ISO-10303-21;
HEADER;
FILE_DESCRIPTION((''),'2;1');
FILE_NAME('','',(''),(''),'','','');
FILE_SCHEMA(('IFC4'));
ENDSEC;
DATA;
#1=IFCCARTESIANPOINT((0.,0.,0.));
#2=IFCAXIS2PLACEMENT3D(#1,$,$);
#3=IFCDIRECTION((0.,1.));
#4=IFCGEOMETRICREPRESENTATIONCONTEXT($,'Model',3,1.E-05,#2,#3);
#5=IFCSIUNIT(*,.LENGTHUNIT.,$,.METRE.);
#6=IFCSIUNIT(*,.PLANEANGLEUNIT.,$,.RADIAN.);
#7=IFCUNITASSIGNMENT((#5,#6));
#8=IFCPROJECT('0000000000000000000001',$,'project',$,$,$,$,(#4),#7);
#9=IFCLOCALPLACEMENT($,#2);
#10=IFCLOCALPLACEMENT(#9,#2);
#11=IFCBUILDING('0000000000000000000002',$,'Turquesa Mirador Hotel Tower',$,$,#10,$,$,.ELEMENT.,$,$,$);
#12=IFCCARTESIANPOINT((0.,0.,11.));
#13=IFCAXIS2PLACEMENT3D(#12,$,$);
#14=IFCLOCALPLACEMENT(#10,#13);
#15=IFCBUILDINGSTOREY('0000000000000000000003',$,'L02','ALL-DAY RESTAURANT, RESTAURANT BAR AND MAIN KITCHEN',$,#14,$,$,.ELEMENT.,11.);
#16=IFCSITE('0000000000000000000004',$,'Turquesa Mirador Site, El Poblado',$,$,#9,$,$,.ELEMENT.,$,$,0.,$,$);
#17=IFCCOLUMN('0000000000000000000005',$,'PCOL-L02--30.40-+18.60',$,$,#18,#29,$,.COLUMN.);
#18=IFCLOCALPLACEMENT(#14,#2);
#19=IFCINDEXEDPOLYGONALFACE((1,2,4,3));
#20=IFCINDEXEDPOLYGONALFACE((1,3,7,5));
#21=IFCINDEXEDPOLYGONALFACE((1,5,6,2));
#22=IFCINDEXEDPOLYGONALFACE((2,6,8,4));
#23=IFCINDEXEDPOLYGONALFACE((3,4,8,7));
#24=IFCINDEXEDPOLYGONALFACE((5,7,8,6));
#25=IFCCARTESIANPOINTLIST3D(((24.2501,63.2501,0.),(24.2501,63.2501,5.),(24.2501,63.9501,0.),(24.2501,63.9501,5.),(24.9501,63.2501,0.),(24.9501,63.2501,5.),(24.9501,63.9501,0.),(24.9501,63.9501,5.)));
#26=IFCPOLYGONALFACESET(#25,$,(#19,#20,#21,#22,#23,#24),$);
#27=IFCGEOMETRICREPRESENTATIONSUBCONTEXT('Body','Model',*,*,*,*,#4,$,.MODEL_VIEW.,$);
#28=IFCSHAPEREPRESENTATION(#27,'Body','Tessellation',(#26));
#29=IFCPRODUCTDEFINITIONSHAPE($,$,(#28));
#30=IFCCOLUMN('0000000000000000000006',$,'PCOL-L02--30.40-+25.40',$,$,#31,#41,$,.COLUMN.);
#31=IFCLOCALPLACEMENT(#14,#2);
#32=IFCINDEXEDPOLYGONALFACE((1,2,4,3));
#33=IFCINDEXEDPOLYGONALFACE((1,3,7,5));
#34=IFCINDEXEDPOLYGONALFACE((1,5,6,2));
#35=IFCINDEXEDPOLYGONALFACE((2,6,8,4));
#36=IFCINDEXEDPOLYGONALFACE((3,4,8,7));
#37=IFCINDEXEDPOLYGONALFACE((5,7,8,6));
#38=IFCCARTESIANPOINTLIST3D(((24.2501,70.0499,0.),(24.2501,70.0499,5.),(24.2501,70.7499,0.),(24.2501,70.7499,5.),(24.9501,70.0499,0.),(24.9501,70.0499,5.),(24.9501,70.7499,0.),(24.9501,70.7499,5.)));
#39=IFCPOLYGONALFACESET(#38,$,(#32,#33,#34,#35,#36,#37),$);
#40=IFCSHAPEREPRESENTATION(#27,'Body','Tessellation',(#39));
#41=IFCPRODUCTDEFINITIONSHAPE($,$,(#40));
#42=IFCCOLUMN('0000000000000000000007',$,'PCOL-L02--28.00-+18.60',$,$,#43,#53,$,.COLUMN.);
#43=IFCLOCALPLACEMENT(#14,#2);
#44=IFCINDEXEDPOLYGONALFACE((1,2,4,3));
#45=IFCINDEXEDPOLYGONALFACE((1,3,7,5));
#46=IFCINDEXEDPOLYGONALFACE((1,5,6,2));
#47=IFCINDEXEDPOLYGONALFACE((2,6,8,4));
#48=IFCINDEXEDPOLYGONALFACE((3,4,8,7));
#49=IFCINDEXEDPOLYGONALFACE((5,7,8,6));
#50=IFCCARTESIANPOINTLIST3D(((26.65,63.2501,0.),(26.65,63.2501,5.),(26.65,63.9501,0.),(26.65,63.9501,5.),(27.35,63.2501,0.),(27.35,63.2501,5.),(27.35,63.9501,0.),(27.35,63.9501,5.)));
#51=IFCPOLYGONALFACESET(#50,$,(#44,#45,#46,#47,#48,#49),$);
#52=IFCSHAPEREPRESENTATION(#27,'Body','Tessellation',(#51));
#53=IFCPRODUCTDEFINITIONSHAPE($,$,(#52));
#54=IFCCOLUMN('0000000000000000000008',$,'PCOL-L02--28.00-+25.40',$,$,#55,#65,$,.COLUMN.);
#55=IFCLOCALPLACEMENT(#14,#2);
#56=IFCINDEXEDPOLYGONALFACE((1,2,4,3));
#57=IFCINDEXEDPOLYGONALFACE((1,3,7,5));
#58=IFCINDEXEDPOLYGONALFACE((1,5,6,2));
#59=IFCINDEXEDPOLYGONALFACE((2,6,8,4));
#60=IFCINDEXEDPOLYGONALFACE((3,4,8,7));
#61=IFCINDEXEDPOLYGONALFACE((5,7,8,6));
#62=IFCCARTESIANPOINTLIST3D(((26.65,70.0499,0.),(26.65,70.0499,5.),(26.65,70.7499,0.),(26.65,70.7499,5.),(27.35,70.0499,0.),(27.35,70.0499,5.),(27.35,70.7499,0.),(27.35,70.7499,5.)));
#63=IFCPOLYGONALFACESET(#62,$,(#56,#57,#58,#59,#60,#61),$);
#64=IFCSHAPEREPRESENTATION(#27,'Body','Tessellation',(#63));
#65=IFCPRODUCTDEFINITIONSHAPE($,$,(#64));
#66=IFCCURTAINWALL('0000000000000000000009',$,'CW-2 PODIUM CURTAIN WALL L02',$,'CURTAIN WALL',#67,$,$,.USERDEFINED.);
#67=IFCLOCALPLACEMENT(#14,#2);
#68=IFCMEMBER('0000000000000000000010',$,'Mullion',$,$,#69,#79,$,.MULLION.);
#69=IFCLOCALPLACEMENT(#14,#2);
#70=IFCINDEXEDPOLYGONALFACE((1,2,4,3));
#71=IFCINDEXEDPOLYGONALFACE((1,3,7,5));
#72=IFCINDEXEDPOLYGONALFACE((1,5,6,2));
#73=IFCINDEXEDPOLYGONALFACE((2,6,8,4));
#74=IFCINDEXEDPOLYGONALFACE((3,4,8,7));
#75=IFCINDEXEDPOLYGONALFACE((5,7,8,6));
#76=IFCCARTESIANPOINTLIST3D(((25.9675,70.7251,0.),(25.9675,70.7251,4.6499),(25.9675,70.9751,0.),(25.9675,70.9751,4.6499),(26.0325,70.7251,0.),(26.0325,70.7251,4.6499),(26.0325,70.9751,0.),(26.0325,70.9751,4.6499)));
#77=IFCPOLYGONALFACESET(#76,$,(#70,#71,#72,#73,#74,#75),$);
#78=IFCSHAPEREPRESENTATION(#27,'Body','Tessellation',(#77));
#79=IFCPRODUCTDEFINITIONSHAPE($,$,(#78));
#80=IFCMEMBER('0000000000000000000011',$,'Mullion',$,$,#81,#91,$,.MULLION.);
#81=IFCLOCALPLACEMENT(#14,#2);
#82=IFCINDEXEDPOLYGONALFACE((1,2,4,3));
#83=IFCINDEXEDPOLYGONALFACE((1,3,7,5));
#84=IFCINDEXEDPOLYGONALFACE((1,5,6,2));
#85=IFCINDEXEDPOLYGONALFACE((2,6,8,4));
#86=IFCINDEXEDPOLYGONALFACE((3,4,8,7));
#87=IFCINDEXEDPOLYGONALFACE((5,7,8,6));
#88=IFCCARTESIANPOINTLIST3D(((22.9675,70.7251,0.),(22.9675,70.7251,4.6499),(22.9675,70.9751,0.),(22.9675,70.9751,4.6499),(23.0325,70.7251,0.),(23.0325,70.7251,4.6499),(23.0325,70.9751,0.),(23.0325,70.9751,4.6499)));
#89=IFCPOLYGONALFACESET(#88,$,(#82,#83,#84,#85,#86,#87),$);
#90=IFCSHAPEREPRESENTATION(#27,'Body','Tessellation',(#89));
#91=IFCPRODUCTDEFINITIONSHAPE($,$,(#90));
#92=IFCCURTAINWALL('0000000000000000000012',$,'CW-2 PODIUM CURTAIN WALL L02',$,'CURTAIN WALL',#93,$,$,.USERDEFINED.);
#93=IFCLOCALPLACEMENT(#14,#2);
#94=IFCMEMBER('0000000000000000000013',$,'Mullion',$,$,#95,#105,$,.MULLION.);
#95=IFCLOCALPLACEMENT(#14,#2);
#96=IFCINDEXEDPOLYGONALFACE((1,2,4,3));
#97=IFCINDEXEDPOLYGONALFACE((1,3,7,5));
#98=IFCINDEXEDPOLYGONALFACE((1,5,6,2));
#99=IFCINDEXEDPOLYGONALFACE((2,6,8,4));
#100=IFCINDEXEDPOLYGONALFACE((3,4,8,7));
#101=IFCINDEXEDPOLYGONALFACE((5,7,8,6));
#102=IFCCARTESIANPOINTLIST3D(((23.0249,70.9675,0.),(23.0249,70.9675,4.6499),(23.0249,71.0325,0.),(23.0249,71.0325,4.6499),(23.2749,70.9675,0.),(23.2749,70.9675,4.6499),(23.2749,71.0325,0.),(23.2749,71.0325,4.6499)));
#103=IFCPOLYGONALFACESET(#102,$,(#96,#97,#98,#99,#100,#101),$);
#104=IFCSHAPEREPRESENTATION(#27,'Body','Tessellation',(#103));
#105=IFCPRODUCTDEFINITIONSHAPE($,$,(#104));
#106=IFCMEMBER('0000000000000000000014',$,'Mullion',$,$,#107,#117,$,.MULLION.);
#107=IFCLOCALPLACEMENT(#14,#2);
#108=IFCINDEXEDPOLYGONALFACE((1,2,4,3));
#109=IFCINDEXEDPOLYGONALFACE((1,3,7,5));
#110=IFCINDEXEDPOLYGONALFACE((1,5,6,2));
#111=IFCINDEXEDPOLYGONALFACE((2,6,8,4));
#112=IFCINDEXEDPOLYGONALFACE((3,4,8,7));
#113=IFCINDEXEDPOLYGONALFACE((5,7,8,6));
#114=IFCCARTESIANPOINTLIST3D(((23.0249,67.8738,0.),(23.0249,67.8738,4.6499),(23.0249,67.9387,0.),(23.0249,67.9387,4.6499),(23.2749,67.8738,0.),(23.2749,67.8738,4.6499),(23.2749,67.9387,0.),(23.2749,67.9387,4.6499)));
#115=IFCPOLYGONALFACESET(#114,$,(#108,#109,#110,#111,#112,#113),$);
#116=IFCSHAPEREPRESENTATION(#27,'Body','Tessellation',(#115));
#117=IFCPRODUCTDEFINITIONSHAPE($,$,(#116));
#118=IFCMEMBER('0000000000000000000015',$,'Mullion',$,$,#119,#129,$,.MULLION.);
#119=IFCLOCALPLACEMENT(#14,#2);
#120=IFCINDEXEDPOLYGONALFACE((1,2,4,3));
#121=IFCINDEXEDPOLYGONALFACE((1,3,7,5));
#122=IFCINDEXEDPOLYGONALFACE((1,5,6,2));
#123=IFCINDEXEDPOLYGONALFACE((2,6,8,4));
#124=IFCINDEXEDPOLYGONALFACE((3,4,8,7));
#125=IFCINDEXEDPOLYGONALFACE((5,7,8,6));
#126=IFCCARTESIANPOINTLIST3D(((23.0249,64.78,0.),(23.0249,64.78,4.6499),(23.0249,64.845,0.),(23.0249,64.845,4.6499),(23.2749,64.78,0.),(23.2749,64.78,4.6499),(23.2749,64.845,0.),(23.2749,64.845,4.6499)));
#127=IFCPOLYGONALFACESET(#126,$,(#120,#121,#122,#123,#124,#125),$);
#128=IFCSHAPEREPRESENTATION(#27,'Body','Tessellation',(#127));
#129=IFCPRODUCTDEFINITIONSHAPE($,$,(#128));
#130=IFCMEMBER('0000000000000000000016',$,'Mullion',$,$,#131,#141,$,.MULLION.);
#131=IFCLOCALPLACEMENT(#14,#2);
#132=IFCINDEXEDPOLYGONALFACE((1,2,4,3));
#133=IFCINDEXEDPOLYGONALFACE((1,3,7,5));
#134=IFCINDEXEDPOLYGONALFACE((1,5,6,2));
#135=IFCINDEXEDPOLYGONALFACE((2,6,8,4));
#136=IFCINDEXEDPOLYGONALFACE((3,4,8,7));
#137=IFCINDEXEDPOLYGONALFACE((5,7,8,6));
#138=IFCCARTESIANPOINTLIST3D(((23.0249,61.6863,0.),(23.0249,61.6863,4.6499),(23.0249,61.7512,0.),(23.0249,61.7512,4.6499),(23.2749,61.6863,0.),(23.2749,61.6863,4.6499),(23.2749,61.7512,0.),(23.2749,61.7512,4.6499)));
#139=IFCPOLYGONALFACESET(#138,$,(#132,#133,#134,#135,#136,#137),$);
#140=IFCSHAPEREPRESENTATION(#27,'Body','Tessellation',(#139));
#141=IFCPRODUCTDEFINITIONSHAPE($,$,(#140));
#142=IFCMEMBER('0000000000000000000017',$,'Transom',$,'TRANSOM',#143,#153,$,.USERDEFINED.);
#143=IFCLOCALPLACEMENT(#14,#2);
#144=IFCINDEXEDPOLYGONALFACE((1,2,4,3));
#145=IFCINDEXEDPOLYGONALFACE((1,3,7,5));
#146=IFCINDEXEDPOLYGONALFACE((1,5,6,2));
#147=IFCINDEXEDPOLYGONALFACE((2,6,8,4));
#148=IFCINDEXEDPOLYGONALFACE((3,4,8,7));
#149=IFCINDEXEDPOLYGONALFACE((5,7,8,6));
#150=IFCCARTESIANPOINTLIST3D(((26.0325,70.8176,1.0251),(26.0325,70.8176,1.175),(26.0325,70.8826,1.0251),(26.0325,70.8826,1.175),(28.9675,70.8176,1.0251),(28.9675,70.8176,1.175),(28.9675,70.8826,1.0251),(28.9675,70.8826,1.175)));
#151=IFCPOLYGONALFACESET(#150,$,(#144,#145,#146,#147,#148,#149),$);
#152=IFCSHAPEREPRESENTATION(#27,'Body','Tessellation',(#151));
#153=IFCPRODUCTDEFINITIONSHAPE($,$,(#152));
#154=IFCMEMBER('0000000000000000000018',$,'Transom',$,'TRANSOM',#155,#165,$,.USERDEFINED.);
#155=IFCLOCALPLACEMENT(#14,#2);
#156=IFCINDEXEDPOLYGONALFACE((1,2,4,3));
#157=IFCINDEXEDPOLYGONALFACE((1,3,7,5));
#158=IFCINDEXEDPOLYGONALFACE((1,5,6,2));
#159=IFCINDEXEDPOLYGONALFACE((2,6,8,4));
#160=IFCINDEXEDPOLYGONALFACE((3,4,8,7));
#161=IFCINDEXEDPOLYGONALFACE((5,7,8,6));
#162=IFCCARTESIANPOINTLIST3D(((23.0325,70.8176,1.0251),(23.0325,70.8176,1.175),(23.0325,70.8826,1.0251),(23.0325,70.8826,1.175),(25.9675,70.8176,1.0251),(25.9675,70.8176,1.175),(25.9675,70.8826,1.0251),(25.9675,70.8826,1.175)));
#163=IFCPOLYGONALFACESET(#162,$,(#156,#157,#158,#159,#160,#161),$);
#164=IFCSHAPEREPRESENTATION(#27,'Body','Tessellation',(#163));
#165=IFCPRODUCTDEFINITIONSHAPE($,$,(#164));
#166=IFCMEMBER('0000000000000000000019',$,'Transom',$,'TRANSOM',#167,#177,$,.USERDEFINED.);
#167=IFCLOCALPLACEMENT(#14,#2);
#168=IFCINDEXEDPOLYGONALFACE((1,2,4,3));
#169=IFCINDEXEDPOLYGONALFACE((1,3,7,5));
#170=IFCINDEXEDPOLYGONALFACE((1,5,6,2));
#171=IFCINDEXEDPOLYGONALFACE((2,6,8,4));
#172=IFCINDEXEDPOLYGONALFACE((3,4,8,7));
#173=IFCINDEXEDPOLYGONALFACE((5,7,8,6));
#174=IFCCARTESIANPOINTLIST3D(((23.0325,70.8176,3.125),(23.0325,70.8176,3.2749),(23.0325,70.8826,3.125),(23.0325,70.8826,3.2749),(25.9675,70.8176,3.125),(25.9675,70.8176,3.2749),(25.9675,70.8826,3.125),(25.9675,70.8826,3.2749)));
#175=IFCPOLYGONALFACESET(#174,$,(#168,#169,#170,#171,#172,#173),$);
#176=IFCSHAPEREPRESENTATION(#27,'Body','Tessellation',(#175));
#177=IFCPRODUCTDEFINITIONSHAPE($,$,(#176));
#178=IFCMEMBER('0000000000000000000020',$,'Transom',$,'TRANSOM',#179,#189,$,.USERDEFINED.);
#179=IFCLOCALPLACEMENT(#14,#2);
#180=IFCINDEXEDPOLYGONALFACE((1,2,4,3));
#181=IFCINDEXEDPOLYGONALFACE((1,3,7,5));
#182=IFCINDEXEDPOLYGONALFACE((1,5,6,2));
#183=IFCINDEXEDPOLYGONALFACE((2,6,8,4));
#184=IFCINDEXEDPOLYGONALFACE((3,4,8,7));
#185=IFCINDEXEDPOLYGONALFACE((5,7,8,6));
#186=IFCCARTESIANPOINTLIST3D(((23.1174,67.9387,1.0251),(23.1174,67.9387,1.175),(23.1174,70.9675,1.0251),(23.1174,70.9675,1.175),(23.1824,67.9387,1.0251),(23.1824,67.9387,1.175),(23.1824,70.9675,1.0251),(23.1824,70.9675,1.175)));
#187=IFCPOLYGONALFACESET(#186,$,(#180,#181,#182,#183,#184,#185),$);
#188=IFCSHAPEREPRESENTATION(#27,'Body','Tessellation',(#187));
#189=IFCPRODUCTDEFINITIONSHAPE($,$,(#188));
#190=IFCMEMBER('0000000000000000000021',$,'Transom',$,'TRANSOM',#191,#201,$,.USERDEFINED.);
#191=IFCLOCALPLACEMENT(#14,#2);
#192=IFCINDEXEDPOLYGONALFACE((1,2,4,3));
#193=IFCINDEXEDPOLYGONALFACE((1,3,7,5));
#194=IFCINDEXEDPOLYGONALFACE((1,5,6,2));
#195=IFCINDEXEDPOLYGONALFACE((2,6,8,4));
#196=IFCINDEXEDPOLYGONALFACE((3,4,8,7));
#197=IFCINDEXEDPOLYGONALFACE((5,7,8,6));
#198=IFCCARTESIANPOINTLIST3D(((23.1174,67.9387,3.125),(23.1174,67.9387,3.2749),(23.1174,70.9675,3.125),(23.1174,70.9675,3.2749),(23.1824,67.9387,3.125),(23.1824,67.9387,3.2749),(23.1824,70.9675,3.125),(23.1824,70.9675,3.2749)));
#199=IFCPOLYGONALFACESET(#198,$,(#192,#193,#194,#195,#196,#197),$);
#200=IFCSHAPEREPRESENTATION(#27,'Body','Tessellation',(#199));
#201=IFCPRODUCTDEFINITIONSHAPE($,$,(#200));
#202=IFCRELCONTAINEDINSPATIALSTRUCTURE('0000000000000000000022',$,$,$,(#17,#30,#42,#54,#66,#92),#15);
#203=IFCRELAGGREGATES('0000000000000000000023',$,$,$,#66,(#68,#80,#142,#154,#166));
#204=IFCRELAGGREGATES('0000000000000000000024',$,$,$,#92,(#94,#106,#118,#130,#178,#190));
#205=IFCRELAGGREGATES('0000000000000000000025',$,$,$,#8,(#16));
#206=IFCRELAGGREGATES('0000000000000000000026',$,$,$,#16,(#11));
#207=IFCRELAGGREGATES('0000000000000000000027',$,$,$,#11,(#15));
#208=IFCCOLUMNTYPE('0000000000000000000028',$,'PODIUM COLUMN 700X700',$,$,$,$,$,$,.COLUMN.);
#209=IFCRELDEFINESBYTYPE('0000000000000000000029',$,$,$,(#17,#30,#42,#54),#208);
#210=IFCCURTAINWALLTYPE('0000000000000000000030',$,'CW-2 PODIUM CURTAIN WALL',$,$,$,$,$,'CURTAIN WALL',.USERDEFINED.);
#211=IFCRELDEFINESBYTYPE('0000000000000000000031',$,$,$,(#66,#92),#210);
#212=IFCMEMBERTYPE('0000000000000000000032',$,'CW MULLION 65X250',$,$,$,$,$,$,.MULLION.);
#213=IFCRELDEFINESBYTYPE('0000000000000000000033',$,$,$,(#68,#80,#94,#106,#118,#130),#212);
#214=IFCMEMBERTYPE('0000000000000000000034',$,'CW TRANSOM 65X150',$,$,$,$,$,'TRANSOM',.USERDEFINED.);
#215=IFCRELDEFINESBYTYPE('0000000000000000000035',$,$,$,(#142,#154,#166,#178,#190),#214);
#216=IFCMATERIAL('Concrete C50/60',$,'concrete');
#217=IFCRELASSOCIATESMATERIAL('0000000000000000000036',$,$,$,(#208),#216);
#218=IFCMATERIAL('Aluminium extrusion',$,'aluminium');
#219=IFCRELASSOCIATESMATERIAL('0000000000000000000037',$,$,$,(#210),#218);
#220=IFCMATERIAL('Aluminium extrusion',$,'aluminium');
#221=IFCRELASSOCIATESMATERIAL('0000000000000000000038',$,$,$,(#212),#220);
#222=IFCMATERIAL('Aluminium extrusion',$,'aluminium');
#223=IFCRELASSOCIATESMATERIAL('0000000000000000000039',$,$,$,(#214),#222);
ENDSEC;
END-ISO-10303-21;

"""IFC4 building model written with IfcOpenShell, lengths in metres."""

from ifc_helpers import new_model, si_unit, direction, frame, origin, origin_2d, place, context, subcontext, project, spatial, rectangle, extrude, material, material_profile, profile_set, type_object, element, aggregate, save


model = new_model("IFC4")

# Units and contexts
model_context = context("Model", 3, precision=1e-05, world=origin(), true_north=direction((0.0, 1.0)))
body_context = subcontext(model_context, "Body", "Model", "MODEL_VIEW")
ifc_project = project(units=[si_unit("LENGTHUNIT", "METRE"), si_unit("PLANEANGLEUNIT", "RADIAN")], contexts=[model_context])

# Site, building, storey
site_placement = place(None, origin())
site = spatial("IfcSite", under=ifc_project, at=site_placement, Name="Turquesa Mirador Site, El Poblado", CompositionType="ELEMENT", RefElevation=0.0)
building_placement = place(site_placement, origin())
building = spatial("IfcBuilding", under=site, at=building_placement, Name="Turquesa Mirador Hotel Tower", CompositionType="ELEMENT")
storey_placement = place(building_placement, frame((0.0, 0.0, 11.0)))
storey = spatial("IfcBuildingStorey", under=building, at=storey_placement, Name="L02", Description="ALL-DAY RESTAURANT, RESTAURANT BAR AND MAIN KITCHEN", CompositionType="ELEMENT", Elevation=11.0)

# Columns
ifc_material_1 = material(Name="Concrete C50/60", Category="concrete")
ifc_material_profile_1 = material_profile(ifc_material_1, rectangle(XDim=0.7, YDim=0.7, at=origin_2d()), Name="RC 700X700")
ifc_profile_set_1 = profile_set([ifc_material_profile_1], Name="Concrete C50/60")
column_type = type_object("IfcColumnType", Name="PODIUM COLUMN 700X700", PredefinedType="COLUMN", material=ifc_profile_set_1)
for number, where, z_axis, x_axis, name in (
    (1, (24.6001, 63.6001, 0.0), (0.0, 0.0, 1.0), (1.0, 0.0, 0.0), "PCOL-L02--30.40-+18.60"),
    (2, (24.6001, 70.3999, 0.0), (0.0, 0.0, 1.0), (1.0, 0.0, 0.0), "PCOL-L02--30.40-+25.40"),
    (3, (27.0, 63.6001, 0.0), (0.0, 0.0, 1.0), (1.0, 0.0, 0.0), "PCOL-L02--28.00-+18.60"),
    (4, (27.0, 70.3999, 0.0), (0.0, 0.0, 1.0), (1.0, 0.0, 0.0), "PCOL-L02--28.00-+25.40"),
):
    element("IfcColumn", number, at=place(storey_placement, frame(where, z_axis=z_axis, x_axis=x_axis)), inside=storey, type_object=column_type, Name=name, PredefinedType="COLUMN", context=body_context, shape_type="SweptSolid", body=[
        extrude(rectangle(XDim=0.7, YDim=0.7, at=origin_2d()), origin(), (0.0, 0.0, 1.0), 5.0),
    ])

# Curtain walls, members
ifc_material_2 = material(Name="Aluminium extrusion", Category="aluminium")
curtain_wall_type = type_object("IfcCurtainWallType", Name="CW-2 PODIUM CURTAIN WALL", ElementType="CURTAIN WALL", PredefinedType="USERDEFINED", material=ifc_material_2)
curtain_wall_1_placement = place(storey_placement, origin())
curtain_wall_1 = element("IfcCurtainWall", 5, at=curtain_wall_1_placement, inside=storey, type_object=curtain_wall_type, Name="CW-2 PODIUM CURTAIN WALL L02", ObjectType="CURTAIN WALL", PredefinedType="USERDEFINED")
ifc_material_3 = material(Name="Aluminium extrusion", Category="aluminium")
ifc_material_profile_2 = material_profile(ifc_material_3, rectangle(XDim=0.0649, YDim=0.25, at=origin_2d()), Name="MULLION 65X250")
ifc_profile_set_2 = profile_set([ifc_material_profile_2], Name="Aluminium extrusion")
member_type_1 = type_object("IfcMemberType", Name="CW MULLION 65X250", PredefinedType="MULLION", material=ifc_profile_set_2)
member_1_placement = place(storey_placement, frame((26.0, 70.8501, 0.0), z_axis=(0.0, 0.0, 1.0), x_axis=(-1.0, 0.0, 0.0)))
member_1 = element("IfcMember", 6, at=member_1_placement, type_object=member_type_1, Name="Mullion", PredefinedType="MULLION", context=body_context, shape_type="SweptSolid", body=[
    extrude(rectangle(XDim=0.0649, YDim=0.25, at=origin_2d()), origin(), (0.0, 0.0, 1.0), 4.6499),
])
member_2_placement = place(storey_placement, frame((23.0, 70.8501, 0.0), z_axis=(0.0, 0.0, 1.0), x_axis=(-1.0, 0.0, 0.0)))
member_2 = element("IfcMember", 7, at=member_2_placement, type_object=member_type_1, Name="Mullion", PredefinedType="MULLION", context=body_context, shape_type="SweptSolid", body=[
    extrude(rectangle(XDim=0.0649, YDim=0.25, at=origin_2d()), origin(), (0.0, 0.0, 1.0), 4.6499),
])
curtain_wall_2_placement = place(storey_placement, origin())
curtain_wall_2 = element("IfcCurtainWall", 8, at=curtain_wall_2_placement, inside=storey, type_object=curtain_wall_type, Name="CW-2 PODIUM CURTAIN WALL L02", ObjectType="CURTAIN WALL", PredefinedType="USERDEFINED")
member_3_placement = place(storey_placement, frame((23.1499, 71.0, 0.0), z_axis=(0.0, 0.0, 1.0), x_axis=(0.0, -1.0, 0.0)))
member_3 = element("IfcMember", 9, at=member_3_placement, type_object=member_type_1, Name="Mullion", PredefinedType="MULLION", context=body_context, shape_type="SweptSolid", body=[
    extrude(rectangle(XDim=0.0649, YDim=0.25, at=origin_2d()), origin(), (0.0, 0.0, 1.0), 4.6499),
])
member_4_placement = place(storey_placement, frame((23.1499, 67.9062, 0.0), z_axis=(0.0, 0.0, 1.0), x_axis=(0.0, -1.0, 0.0)))
member_4 = element("IfcMember", 10, at=member_4_placement, type_object=member_type_1, Name="Mullion", PredefinedType="MULLION", context=body_context, shape_type="SweptSolid", body=[
    extrude(rectangle(XDim=0.0649, YDim=0.25, at=origin_2d()), origin(), (0.0, 0.0, 1.0), 4.6499),
])
member_5_placement = place(storey_placement, frame((23.1499, 64.8125, 0.0), z_axis=(0.0, 0.0, 1.0), x_axis=(0.0, -1.0, 0.0)))
member_5 = element("IfcMember", 11, at=member_5_placement, type_object=member_type_1, Name="Mullion", PredefinedType="MULLION", context=body_context, shape_type="SweptSolid", body=[
    extrude(rectangle(XDim=0.0649, YDim=0.25, at=origin_2d()), origin(), (0.0, 0.0, 1.0), 4.6499),
])
member_6_placement = place(storey_placement, frame((23.1499, 61.7188, 0.0), z_axis=(0.0, 0.0, 1.0), x_axis=(0.0, -1.0, 0.0)))
member_6 = element("IfcMember", 12, at=member_6_placement, type_object=member_type_1, Name="Mullion", PredefinedType="MULLION", context=body_context, shape_type="SweptSolid", body=[
    extrude(rectangle(XDim=0.0649, YDim=0.25, at=origin_2d()), origin(), (0.0, 0.0, 1.0), 4.6499),
])

# Members
ifc_material_4 = material(Name="Aluminium extrusion", Category="aluminium")
ifc_material_profile_3 = material_profile(ifc_material_4, rectangle(XDim=0.0649, YDim=0.1499, at=origin_2d()), Name="TRANSOM 65X150")
ifc_profile_set_3 = profile_set([ifc_material_profile_3], Name="Aluminium extrusion")
member_type_2 = type_object("IfcMemberType", Name="CW TRANSOM 65X150", ElementType="TRANSOM", PredefinedType="USERDEFINED", material=ifc_profile_set_3)
member_7_placement = place(storey_placement, frame((28.9675, 70.8501, 1.1001), z_axis=(-1.0, 0.0, 0.0), x_axis=(0.0, -1.0, 0.0)))
member_7 = element("IfcMember", 13, at=member_7_placement, type_object=member_type_2, Name="Transom", ObjectType="TRANSOM", PredefinedType="USERDEFINED", context=body_context, shape_type="SweptSolid", body=[
    extrude(rectangle(XDim=0.0649, YDim=0.1499, at=origin_2d()), origin(), (0.0, 0.0, 1.0), 2.9351),
])
member_8_placement = place(storey_placement, frame((25.9675, 70.8501, 1.1001), z_axis=(-1.0, 0.0, 0.0), x_axis=(0.0, -1.0, 0.0)))
member_8 = element("IfcMember", 14, at=member_8_placement, type_object=member_type_2, Name="Transom", ObjectType="TRANSOM", PredefinedType="USERDEFINED", context=body_context, shape_type="SweptSolid", body=[
    extrude(rectangle(XDim=0.0649, YDim=0.1499, at=origin_2d()), origin(), (0.0, 0.0, 1.0), 2.9351),
])
member_9_placement = place(storey_placement, frame((25.9675, 70.8501, 3.2), z_axis=(-1.0, 0.0, 0.0), x_axis=(0.0, -1.0, 0.0)))
member_9 = element("IfcMember", 15, at=member_9_placement, type_object=member_type_2, Name="Transom", ObjectType="TRANSOM", PredefinedType="USERDEFINED", context=body_context, shape_type="SweptSolid", body=[
    extrude(rectangle(XDim=0.0649, YDim=0.1499, at=origin_2d()), origin(), (0.0, 0.0, 1.0), 2.9351),
])
member_10_placement = place(storey_placement, frame((23.1499, 70.9675, 1.1001), z_axis=(0.0, -1.0, 0.0), x_axis=(1.0, 0.0, 0.0)))
member_10 = element("IfcMember", 16, at=member_10_placement, type_object=member_type_2, Name="Transom", ObjectType="TRANSOM", PredefinedType="USERDEFINED", context=body_context, shape_type="SweptSolid", body=[
    extrude(rectangle(XDim=0.0649, YDim=0.1499, at=origin_2d()), origin(), (0.0, 0.0, 1.0), 3.0288),
])
member_11_placement = place(storey_placement, frame((23.1499, 70.9675, 3.2), z_axis=(0.0, -1.0, 0.0), x_axis=(1.0, 0.0, 0.0)))
member_11 = element("IfcMember", 17, at=member_11_placement, type_object=member_type_2, Name="Transom", ObjectType="TRANSOM", PredefinedType="USERDEFINED", context=body_context, shape_type="SweptSolid", body=[
    extrude(rectangle(XDim=0.0649, YDim=0.1499, at=origin_2d()), origin(), (0.0, 0.0, 1.0), 3.0288),
])

aggregate(curtain_wall_1, [member_1, member_2, member_7, member_8, member_9])
aggregate(curtain_wall_2, [member_3, member_4, member_5, member_6, member_10, member_11])

save(model, "model.ifc")
